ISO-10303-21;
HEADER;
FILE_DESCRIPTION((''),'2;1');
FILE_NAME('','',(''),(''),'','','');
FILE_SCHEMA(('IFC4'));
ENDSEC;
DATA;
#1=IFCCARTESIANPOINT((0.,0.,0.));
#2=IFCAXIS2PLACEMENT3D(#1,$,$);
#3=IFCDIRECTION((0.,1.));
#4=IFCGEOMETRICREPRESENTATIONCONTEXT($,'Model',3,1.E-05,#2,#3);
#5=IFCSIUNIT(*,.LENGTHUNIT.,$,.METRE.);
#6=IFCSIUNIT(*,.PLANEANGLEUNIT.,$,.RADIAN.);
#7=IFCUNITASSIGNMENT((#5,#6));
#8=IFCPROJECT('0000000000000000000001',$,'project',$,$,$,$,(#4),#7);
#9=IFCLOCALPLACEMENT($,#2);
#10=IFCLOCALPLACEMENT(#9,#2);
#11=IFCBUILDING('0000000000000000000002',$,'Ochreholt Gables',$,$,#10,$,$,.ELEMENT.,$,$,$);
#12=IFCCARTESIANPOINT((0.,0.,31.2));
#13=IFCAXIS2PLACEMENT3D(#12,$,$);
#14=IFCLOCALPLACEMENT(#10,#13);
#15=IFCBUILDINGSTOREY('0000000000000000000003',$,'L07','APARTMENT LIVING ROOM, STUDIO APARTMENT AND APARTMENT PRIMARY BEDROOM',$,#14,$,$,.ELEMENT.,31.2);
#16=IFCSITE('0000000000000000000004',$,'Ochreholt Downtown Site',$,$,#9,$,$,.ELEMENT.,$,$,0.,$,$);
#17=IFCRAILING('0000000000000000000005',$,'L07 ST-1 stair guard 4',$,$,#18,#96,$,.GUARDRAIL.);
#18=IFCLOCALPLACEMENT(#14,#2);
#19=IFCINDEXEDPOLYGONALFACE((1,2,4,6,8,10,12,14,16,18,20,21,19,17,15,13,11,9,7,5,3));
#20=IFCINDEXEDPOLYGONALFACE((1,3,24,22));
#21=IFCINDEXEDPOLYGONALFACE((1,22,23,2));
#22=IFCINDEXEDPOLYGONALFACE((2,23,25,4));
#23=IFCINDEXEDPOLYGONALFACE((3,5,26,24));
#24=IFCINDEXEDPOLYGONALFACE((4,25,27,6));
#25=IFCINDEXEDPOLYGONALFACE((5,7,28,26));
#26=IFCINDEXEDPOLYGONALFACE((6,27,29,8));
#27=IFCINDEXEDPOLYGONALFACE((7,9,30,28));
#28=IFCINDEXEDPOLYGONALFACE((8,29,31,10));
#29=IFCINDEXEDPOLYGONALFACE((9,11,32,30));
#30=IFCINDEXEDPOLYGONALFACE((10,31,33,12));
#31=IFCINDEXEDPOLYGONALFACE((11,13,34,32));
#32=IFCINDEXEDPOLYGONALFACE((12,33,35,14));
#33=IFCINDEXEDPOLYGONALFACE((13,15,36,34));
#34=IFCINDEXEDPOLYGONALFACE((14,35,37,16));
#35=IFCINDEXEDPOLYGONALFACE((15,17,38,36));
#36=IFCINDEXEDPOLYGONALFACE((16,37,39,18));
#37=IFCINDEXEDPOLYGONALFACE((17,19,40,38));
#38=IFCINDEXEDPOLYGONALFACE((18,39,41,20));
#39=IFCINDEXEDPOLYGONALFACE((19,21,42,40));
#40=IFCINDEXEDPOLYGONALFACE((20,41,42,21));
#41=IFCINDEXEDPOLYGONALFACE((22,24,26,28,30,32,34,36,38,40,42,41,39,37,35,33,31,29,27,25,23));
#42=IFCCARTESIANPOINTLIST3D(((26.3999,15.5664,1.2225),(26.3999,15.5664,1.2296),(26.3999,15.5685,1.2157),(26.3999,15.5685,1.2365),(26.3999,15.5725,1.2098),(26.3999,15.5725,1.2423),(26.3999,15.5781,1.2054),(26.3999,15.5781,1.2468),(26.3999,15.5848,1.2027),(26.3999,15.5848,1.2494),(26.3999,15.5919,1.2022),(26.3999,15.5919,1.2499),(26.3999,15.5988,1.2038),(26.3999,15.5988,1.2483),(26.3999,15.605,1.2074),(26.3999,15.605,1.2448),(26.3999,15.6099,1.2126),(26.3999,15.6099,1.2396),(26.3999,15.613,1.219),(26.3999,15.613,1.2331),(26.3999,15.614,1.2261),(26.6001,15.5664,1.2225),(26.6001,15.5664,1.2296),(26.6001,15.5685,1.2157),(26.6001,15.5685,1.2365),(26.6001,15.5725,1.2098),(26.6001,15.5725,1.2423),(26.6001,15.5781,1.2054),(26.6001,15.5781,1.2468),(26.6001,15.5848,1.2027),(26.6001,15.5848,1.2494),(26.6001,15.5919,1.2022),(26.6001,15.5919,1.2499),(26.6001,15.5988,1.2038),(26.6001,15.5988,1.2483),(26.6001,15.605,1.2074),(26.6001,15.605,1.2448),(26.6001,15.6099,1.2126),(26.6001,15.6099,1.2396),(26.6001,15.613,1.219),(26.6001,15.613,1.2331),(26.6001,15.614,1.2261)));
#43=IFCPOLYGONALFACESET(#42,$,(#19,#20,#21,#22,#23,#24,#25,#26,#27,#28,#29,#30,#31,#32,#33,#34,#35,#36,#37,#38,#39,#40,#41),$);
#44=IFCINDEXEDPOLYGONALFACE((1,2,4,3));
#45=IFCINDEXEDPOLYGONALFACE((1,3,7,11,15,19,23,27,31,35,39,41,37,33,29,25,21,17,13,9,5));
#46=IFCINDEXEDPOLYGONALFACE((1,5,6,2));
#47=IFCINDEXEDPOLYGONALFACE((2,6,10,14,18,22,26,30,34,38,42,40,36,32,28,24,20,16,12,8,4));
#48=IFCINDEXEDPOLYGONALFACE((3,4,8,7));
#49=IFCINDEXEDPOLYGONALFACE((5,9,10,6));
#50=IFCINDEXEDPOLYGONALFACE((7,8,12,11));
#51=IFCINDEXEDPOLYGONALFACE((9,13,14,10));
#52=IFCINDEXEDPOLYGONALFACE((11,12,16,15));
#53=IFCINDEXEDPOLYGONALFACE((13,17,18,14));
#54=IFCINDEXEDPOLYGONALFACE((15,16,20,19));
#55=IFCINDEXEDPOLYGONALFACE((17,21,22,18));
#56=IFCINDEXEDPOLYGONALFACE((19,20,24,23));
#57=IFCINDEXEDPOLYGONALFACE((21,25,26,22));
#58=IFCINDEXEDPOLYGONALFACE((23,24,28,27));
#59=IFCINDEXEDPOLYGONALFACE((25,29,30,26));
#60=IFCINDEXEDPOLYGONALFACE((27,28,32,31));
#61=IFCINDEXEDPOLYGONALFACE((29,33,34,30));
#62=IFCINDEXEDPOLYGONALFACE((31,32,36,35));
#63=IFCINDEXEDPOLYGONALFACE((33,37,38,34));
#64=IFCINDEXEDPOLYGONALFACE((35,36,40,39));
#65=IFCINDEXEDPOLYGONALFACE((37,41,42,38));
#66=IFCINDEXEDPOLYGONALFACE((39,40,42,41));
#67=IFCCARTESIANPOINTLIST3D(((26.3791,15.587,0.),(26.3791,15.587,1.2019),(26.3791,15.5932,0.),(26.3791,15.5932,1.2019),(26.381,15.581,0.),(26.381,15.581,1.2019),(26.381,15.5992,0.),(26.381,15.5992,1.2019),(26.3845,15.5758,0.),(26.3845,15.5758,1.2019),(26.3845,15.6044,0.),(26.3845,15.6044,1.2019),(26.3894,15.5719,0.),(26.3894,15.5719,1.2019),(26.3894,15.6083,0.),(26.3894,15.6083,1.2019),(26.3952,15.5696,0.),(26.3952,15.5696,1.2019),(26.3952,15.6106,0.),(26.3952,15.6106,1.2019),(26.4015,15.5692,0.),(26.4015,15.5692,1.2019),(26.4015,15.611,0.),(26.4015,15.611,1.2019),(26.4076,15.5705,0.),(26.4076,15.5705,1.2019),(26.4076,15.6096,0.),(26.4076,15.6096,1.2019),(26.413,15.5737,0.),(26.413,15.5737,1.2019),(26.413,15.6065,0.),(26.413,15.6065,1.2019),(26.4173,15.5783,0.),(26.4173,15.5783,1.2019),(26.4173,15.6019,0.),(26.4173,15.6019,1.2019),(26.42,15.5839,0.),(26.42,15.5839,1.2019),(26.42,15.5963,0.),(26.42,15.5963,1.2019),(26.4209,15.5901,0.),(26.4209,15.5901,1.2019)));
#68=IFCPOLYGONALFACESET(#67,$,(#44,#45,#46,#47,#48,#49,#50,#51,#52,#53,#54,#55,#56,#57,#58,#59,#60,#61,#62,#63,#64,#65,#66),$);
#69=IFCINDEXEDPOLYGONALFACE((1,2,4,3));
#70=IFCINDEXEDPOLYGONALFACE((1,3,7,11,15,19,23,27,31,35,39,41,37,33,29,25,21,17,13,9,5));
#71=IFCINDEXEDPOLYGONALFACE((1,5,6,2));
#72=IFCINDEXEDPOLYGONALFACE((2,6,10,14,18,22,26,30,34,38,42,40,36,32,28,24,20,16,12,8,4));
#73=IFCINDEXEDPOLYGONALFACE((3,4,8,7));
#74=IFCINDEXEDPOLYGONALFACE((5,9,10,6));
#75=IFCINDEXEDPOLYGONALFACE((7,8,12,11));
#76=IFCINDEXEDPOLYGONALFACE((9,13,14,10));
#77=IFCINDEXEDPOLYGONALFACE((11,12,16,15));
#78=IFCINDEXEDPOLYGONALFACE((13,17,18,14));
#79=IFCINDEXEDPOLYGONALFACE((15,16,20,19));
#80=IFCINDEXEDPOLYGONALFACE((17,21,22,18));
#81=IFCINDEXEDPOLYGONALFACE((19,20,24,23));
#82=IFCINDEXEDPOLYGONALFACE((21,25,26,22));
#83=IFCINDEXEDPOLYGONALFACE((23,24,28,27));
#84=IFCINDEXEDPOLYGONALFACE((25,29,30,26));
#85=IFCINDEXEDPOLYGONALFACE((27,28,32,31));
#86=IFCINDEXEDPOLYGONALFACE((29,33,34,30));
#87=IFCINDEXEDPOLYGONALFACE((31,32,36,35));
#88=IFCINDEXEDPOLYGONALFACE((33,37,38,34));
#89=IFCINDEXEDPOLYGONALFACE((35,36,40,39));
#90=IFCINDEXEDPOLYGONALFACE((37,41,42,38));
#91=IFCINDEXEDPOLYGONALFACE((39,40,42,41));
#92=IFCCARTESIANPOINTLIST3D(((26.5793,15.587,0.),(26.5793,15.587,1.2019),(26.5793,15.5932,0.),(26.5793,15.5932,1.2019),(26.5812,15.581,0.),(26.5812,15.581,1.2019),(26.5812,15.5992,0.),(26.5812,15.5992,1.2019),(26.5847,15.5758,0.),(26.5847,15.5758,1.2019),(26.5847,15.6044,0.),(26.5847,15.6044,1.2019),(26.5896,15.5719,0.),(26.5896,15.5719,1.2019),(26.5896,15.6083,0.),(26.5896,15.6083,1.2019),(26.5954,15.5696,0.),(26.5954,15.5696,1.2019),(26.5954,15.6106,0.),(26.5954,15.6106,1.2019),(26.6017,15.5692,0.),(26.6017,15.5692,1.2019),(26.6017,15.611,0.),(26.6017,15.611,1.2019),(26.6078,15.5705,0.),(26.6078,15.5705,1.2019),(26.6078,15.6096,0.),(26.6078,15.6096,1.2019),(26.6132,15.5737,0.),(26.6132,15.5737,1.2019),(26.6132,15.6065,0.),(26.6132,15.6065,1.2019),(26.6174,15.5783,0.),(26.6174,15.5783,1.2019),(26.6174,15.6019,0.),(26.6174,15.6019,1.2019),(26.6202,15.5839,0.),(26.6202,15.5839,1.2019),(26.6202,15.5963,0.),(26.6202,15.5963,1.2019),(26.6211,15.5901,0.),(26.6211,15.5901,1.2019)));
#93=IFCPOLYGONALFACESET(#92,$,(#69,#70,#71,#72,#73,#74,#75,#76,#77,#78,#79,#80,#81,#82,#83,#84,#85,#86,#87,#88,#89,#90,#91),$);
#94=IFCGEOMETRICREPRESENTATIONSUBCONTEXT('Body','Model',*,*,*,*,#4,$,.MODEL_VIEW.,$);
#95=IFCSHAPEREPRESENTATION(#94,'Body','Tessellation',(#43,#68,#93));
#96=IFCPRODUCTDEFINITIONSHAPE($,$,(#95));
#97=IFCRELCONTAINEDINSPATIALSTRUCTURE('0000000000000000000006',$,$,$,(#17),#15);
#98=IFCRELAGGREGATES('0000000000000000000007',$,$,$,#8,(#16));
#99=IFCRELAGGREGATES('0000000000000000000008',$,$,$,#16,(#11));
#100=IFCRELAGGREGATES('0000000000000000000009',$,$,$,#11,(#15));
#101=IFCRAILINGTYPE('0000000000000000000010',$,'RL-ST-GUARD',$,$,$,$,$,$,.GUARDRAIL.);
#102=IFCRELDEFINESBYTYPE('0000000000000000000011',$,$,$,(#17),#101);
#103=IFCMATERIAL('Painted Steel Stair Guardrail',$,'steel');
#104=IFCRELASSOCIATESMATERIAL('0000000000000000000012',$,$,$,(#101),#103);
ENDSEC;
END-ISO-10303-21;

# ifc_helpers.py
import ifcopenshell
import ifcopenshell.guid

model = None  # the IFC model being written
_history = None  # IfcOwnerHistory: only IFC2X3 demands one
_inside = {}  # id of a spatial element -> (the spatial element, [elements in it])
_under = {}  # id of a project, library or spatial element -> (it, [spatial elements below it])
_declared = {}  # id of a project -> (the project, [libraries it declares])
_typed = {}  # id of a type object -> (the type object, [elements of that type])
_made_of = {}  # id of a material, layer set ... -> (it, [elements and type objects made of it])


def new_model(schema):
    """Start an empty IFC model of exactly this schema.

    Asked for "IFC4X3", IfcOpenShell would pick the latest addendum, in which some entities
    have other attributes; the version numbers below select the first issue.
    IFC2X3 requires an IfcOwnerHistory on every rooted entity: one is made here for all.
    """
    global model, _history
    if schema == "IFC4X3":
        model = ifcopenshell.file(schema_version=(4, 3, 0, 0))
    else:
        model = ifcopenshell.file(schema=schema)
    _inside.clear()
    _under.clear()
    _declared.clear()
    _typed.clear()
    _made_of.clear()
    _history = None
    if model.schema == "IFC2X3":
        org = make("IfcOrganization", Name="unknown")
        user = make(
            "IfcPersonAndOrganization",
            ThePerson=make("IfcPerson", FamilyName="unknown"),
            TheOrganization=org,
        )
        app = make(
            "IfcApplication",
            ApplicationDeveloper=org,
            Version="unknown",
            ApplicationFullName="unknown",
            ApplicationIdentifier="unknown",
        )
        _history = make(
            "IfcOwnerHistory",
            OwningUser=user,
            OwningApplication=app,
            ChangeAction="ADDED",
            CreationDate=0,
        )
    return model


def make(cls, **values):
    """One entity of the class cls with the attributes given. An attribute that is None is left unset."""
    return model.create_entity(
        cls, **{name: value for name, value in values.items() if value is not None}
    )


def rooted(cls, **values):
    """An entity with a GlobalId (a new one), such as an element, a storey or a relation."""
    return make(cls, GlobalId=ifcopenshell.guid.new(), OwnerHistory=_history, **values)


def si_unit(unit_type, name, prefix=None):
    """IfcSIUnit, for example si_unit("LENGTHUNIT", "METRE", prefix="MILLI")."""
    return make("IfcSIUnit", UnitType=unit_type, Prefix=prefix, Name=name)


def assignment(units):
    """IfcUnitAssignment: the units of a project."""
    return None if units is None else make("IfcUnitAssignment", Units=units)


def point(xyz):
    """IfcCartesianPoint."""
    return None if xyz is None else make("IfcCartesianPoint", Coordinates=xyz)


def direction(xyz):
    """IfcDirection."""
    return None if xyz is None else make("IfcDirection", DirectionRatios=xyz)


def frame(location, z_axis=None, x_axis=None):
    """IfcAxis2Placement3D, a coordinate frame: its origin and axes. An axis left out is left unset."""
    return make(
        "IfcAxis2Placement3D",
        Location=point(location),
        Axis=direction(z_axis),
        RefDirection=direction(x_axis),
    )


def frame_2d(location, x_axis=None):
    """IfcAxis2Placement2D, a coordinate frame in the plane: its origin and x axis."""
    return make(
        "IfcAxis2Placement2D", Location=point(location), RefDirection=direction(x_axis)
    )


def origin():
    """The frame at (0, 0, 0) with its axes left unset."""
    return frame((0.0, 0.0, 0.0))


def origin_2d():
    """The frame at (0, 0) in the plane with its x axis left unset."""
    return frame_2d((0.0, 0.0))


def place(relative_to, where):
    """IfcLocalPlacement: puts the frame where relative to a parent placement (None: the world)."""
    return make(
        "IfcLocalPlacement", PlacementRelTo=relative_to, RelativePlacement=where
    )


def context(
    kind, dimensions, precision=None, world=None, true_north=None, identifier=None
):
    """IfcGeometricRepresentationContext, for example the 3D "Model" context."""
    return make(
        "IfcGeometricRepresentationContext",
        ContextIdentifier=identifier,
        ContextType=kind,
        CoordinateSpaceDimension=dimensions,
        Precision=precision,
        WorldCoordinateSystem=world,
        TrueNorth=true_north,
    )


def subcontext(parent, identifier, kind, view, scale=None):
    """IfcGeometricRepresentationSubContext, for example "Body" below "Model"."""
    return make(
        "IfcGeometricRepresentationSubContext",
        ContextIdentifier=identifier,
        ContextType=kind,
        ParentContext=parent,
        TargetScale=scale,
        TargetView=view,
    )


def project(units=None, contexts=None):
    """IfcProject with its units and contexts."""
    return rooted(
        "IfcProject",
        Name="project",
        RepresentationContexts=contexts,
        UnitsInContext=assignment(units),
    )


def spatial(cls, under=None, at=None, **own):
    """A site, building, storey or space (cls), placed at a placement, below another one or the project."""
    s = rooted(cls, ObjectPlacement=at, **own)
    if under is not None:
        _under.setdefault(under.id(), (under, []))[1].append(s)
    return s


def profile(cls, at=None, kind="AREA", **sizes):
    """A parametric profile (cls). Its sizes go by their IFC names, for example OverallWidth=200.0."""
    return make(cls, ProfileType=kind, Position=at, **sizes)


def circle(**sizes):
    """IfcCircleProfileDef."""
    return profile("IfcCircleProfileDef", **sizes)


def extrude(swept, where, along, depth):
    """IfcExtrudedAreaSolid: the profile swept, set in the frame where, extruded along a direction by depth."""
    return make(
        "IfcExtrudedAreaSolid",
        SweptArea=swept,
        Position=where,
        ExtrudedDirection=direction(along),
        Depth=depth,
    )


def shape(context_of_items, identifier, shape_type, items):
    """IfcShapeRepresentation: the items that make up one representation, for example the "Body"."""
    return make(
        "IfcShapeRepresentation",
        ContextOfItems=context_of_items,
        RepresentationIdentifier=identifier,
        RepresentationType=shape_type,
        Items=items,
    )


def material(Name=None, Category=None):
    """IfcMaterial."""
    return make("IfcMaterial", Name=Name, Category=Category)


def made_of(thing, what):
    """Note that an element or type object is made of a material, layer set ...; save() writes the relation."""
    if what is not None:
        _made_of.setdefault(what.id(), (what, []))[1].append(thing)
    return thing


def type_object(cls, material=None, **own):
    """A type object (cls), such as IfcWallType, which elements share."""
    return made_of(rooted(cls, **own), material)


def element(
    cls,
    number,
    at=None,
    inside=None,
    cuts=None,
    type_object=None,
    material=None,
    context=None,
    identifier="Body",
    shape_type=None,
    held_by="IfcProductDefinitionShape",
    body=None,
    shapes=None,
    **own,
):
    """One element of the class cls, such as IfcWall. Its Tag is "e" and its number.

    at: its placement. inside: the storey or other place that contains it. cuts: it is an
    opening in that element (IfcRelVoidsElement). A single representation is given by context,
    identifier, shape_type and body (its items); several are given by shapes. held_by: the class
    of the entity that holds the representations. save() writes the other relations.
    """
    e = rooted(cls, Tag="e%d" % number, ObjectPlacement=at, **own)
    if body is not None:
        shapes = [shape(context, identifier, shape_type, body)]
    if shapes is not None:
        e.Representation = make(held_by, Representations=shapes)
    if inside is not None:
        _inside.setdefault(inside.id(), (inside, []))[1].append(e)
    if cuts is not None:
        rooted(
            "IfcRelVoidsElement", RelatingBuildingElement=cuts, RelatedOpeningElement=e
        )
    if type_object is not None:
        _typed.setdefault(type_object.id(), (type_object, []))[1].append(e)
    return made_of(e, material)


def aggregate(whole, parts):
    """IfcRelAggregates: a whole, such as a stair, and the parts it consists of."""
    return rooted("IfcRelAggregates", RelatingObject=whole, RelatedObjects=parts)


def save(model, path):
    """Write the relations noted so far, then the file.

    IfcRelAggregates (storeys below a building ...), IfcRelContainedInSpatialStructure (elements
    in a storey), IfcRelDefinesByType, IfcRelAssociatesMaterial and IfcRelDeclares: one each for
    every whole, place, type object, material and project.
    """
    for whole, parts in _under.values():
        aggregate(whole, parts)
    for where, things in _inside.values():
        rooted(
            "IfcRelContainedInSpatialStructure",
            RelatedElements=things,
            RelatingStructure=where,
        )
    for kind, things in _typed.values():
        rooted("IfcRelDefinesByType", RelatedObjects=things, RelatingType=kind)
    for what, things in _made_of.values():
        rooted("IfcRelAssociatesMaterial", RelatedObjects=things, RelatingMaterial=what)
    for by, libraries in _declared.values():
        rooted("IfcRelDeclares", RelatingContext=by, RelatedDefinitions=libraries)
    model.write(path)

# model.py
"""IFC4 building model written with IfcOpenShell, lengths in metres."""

from ifc_helpers import new_model, si_unit, direction, frame, origin, origin_2d, place, context, subcontext, project, spatial, circle, extrude, material, type_object, element, save


model = new_model("IFC4")

# Units and contexts
model_context = context("Model", 3, precision=1e-05, world=origin(), true_north=direction((0.0, 1.0)))
body_context = subcontext(model_context, "Body", "Model", "MODEL_VIEW")
ifc_project = project(units=[si_unit("LENGTHUNIT", "METRE"), si_unit("PLANEANGLEUNIT", "RADIAN")], contexts=[model_context])

# Site, building, storey
site_placement = place(None, origin())
site = spatial("IfcSite", under=ifc_project, at=site_placement, Name="Ochreholt Downtown Site", CompositionType="ELEMENT", RefElevation=0.0)
building_placement = place(site_placement, origin())
building = spatial("IfcBuilding", under=site, at=building_placement, Name="Ochreholt Gables", CompositionType="ELEMENT")
storey_placement = place(building_placement, frame((0.0, 0.0, 31.2)))
storey = spatial("IfcBuildingStorey", under=building, at=storey_placement, Name="L07", Description="APARTMENT LIVING ROOM, STUDIO APARTMENT AND APARTMENT PRIMARY BEDROOM", CompositionType="ELEMENT", Elevation=31.2)

# Railing
ifc_material_1 = material(Name="Painted Steel Stair Guardrail", Category="steel")
railing_type_1 = type_object("IfcRailingType", Name="RL-ST-GUARD", PredefinedType="GUARDRAIL", material=ifc_material_1)
railing_1_placement = place(storey_placement, frame((26.3999, 15.5901, 0.0)))
element("IfcRailing", 1, at=railing_1_placement, inside=storey, type_object=railing_type_1, Name="L07 ST-1 stair guard 4", PredefinedType="GUARDRAIL", context=body_context, shape_type="SweptSolid", body=[
    extrude(circle(Radius=0.0239, at=origin_2d()), frame((0.0, 0.0, 1.2261), z_axis=(1.0, 0.0, 0.0), x_axis=(0.0, 1.0, 0.0)), (0.0, 0.0, 1.0), 0.2002),
    extrude(circle(Radius=0.021, at=origin_2d()), origin(), (0.0, 0.0, 1.0), 1.2019),
    extrude(circle(Radius=0.021, at=origin_2d()), frame((0.2002, 0.0, 0.0)), (0.0, 0.0, 1.0), 1.2019),
])

save(model, "model.ifc")
